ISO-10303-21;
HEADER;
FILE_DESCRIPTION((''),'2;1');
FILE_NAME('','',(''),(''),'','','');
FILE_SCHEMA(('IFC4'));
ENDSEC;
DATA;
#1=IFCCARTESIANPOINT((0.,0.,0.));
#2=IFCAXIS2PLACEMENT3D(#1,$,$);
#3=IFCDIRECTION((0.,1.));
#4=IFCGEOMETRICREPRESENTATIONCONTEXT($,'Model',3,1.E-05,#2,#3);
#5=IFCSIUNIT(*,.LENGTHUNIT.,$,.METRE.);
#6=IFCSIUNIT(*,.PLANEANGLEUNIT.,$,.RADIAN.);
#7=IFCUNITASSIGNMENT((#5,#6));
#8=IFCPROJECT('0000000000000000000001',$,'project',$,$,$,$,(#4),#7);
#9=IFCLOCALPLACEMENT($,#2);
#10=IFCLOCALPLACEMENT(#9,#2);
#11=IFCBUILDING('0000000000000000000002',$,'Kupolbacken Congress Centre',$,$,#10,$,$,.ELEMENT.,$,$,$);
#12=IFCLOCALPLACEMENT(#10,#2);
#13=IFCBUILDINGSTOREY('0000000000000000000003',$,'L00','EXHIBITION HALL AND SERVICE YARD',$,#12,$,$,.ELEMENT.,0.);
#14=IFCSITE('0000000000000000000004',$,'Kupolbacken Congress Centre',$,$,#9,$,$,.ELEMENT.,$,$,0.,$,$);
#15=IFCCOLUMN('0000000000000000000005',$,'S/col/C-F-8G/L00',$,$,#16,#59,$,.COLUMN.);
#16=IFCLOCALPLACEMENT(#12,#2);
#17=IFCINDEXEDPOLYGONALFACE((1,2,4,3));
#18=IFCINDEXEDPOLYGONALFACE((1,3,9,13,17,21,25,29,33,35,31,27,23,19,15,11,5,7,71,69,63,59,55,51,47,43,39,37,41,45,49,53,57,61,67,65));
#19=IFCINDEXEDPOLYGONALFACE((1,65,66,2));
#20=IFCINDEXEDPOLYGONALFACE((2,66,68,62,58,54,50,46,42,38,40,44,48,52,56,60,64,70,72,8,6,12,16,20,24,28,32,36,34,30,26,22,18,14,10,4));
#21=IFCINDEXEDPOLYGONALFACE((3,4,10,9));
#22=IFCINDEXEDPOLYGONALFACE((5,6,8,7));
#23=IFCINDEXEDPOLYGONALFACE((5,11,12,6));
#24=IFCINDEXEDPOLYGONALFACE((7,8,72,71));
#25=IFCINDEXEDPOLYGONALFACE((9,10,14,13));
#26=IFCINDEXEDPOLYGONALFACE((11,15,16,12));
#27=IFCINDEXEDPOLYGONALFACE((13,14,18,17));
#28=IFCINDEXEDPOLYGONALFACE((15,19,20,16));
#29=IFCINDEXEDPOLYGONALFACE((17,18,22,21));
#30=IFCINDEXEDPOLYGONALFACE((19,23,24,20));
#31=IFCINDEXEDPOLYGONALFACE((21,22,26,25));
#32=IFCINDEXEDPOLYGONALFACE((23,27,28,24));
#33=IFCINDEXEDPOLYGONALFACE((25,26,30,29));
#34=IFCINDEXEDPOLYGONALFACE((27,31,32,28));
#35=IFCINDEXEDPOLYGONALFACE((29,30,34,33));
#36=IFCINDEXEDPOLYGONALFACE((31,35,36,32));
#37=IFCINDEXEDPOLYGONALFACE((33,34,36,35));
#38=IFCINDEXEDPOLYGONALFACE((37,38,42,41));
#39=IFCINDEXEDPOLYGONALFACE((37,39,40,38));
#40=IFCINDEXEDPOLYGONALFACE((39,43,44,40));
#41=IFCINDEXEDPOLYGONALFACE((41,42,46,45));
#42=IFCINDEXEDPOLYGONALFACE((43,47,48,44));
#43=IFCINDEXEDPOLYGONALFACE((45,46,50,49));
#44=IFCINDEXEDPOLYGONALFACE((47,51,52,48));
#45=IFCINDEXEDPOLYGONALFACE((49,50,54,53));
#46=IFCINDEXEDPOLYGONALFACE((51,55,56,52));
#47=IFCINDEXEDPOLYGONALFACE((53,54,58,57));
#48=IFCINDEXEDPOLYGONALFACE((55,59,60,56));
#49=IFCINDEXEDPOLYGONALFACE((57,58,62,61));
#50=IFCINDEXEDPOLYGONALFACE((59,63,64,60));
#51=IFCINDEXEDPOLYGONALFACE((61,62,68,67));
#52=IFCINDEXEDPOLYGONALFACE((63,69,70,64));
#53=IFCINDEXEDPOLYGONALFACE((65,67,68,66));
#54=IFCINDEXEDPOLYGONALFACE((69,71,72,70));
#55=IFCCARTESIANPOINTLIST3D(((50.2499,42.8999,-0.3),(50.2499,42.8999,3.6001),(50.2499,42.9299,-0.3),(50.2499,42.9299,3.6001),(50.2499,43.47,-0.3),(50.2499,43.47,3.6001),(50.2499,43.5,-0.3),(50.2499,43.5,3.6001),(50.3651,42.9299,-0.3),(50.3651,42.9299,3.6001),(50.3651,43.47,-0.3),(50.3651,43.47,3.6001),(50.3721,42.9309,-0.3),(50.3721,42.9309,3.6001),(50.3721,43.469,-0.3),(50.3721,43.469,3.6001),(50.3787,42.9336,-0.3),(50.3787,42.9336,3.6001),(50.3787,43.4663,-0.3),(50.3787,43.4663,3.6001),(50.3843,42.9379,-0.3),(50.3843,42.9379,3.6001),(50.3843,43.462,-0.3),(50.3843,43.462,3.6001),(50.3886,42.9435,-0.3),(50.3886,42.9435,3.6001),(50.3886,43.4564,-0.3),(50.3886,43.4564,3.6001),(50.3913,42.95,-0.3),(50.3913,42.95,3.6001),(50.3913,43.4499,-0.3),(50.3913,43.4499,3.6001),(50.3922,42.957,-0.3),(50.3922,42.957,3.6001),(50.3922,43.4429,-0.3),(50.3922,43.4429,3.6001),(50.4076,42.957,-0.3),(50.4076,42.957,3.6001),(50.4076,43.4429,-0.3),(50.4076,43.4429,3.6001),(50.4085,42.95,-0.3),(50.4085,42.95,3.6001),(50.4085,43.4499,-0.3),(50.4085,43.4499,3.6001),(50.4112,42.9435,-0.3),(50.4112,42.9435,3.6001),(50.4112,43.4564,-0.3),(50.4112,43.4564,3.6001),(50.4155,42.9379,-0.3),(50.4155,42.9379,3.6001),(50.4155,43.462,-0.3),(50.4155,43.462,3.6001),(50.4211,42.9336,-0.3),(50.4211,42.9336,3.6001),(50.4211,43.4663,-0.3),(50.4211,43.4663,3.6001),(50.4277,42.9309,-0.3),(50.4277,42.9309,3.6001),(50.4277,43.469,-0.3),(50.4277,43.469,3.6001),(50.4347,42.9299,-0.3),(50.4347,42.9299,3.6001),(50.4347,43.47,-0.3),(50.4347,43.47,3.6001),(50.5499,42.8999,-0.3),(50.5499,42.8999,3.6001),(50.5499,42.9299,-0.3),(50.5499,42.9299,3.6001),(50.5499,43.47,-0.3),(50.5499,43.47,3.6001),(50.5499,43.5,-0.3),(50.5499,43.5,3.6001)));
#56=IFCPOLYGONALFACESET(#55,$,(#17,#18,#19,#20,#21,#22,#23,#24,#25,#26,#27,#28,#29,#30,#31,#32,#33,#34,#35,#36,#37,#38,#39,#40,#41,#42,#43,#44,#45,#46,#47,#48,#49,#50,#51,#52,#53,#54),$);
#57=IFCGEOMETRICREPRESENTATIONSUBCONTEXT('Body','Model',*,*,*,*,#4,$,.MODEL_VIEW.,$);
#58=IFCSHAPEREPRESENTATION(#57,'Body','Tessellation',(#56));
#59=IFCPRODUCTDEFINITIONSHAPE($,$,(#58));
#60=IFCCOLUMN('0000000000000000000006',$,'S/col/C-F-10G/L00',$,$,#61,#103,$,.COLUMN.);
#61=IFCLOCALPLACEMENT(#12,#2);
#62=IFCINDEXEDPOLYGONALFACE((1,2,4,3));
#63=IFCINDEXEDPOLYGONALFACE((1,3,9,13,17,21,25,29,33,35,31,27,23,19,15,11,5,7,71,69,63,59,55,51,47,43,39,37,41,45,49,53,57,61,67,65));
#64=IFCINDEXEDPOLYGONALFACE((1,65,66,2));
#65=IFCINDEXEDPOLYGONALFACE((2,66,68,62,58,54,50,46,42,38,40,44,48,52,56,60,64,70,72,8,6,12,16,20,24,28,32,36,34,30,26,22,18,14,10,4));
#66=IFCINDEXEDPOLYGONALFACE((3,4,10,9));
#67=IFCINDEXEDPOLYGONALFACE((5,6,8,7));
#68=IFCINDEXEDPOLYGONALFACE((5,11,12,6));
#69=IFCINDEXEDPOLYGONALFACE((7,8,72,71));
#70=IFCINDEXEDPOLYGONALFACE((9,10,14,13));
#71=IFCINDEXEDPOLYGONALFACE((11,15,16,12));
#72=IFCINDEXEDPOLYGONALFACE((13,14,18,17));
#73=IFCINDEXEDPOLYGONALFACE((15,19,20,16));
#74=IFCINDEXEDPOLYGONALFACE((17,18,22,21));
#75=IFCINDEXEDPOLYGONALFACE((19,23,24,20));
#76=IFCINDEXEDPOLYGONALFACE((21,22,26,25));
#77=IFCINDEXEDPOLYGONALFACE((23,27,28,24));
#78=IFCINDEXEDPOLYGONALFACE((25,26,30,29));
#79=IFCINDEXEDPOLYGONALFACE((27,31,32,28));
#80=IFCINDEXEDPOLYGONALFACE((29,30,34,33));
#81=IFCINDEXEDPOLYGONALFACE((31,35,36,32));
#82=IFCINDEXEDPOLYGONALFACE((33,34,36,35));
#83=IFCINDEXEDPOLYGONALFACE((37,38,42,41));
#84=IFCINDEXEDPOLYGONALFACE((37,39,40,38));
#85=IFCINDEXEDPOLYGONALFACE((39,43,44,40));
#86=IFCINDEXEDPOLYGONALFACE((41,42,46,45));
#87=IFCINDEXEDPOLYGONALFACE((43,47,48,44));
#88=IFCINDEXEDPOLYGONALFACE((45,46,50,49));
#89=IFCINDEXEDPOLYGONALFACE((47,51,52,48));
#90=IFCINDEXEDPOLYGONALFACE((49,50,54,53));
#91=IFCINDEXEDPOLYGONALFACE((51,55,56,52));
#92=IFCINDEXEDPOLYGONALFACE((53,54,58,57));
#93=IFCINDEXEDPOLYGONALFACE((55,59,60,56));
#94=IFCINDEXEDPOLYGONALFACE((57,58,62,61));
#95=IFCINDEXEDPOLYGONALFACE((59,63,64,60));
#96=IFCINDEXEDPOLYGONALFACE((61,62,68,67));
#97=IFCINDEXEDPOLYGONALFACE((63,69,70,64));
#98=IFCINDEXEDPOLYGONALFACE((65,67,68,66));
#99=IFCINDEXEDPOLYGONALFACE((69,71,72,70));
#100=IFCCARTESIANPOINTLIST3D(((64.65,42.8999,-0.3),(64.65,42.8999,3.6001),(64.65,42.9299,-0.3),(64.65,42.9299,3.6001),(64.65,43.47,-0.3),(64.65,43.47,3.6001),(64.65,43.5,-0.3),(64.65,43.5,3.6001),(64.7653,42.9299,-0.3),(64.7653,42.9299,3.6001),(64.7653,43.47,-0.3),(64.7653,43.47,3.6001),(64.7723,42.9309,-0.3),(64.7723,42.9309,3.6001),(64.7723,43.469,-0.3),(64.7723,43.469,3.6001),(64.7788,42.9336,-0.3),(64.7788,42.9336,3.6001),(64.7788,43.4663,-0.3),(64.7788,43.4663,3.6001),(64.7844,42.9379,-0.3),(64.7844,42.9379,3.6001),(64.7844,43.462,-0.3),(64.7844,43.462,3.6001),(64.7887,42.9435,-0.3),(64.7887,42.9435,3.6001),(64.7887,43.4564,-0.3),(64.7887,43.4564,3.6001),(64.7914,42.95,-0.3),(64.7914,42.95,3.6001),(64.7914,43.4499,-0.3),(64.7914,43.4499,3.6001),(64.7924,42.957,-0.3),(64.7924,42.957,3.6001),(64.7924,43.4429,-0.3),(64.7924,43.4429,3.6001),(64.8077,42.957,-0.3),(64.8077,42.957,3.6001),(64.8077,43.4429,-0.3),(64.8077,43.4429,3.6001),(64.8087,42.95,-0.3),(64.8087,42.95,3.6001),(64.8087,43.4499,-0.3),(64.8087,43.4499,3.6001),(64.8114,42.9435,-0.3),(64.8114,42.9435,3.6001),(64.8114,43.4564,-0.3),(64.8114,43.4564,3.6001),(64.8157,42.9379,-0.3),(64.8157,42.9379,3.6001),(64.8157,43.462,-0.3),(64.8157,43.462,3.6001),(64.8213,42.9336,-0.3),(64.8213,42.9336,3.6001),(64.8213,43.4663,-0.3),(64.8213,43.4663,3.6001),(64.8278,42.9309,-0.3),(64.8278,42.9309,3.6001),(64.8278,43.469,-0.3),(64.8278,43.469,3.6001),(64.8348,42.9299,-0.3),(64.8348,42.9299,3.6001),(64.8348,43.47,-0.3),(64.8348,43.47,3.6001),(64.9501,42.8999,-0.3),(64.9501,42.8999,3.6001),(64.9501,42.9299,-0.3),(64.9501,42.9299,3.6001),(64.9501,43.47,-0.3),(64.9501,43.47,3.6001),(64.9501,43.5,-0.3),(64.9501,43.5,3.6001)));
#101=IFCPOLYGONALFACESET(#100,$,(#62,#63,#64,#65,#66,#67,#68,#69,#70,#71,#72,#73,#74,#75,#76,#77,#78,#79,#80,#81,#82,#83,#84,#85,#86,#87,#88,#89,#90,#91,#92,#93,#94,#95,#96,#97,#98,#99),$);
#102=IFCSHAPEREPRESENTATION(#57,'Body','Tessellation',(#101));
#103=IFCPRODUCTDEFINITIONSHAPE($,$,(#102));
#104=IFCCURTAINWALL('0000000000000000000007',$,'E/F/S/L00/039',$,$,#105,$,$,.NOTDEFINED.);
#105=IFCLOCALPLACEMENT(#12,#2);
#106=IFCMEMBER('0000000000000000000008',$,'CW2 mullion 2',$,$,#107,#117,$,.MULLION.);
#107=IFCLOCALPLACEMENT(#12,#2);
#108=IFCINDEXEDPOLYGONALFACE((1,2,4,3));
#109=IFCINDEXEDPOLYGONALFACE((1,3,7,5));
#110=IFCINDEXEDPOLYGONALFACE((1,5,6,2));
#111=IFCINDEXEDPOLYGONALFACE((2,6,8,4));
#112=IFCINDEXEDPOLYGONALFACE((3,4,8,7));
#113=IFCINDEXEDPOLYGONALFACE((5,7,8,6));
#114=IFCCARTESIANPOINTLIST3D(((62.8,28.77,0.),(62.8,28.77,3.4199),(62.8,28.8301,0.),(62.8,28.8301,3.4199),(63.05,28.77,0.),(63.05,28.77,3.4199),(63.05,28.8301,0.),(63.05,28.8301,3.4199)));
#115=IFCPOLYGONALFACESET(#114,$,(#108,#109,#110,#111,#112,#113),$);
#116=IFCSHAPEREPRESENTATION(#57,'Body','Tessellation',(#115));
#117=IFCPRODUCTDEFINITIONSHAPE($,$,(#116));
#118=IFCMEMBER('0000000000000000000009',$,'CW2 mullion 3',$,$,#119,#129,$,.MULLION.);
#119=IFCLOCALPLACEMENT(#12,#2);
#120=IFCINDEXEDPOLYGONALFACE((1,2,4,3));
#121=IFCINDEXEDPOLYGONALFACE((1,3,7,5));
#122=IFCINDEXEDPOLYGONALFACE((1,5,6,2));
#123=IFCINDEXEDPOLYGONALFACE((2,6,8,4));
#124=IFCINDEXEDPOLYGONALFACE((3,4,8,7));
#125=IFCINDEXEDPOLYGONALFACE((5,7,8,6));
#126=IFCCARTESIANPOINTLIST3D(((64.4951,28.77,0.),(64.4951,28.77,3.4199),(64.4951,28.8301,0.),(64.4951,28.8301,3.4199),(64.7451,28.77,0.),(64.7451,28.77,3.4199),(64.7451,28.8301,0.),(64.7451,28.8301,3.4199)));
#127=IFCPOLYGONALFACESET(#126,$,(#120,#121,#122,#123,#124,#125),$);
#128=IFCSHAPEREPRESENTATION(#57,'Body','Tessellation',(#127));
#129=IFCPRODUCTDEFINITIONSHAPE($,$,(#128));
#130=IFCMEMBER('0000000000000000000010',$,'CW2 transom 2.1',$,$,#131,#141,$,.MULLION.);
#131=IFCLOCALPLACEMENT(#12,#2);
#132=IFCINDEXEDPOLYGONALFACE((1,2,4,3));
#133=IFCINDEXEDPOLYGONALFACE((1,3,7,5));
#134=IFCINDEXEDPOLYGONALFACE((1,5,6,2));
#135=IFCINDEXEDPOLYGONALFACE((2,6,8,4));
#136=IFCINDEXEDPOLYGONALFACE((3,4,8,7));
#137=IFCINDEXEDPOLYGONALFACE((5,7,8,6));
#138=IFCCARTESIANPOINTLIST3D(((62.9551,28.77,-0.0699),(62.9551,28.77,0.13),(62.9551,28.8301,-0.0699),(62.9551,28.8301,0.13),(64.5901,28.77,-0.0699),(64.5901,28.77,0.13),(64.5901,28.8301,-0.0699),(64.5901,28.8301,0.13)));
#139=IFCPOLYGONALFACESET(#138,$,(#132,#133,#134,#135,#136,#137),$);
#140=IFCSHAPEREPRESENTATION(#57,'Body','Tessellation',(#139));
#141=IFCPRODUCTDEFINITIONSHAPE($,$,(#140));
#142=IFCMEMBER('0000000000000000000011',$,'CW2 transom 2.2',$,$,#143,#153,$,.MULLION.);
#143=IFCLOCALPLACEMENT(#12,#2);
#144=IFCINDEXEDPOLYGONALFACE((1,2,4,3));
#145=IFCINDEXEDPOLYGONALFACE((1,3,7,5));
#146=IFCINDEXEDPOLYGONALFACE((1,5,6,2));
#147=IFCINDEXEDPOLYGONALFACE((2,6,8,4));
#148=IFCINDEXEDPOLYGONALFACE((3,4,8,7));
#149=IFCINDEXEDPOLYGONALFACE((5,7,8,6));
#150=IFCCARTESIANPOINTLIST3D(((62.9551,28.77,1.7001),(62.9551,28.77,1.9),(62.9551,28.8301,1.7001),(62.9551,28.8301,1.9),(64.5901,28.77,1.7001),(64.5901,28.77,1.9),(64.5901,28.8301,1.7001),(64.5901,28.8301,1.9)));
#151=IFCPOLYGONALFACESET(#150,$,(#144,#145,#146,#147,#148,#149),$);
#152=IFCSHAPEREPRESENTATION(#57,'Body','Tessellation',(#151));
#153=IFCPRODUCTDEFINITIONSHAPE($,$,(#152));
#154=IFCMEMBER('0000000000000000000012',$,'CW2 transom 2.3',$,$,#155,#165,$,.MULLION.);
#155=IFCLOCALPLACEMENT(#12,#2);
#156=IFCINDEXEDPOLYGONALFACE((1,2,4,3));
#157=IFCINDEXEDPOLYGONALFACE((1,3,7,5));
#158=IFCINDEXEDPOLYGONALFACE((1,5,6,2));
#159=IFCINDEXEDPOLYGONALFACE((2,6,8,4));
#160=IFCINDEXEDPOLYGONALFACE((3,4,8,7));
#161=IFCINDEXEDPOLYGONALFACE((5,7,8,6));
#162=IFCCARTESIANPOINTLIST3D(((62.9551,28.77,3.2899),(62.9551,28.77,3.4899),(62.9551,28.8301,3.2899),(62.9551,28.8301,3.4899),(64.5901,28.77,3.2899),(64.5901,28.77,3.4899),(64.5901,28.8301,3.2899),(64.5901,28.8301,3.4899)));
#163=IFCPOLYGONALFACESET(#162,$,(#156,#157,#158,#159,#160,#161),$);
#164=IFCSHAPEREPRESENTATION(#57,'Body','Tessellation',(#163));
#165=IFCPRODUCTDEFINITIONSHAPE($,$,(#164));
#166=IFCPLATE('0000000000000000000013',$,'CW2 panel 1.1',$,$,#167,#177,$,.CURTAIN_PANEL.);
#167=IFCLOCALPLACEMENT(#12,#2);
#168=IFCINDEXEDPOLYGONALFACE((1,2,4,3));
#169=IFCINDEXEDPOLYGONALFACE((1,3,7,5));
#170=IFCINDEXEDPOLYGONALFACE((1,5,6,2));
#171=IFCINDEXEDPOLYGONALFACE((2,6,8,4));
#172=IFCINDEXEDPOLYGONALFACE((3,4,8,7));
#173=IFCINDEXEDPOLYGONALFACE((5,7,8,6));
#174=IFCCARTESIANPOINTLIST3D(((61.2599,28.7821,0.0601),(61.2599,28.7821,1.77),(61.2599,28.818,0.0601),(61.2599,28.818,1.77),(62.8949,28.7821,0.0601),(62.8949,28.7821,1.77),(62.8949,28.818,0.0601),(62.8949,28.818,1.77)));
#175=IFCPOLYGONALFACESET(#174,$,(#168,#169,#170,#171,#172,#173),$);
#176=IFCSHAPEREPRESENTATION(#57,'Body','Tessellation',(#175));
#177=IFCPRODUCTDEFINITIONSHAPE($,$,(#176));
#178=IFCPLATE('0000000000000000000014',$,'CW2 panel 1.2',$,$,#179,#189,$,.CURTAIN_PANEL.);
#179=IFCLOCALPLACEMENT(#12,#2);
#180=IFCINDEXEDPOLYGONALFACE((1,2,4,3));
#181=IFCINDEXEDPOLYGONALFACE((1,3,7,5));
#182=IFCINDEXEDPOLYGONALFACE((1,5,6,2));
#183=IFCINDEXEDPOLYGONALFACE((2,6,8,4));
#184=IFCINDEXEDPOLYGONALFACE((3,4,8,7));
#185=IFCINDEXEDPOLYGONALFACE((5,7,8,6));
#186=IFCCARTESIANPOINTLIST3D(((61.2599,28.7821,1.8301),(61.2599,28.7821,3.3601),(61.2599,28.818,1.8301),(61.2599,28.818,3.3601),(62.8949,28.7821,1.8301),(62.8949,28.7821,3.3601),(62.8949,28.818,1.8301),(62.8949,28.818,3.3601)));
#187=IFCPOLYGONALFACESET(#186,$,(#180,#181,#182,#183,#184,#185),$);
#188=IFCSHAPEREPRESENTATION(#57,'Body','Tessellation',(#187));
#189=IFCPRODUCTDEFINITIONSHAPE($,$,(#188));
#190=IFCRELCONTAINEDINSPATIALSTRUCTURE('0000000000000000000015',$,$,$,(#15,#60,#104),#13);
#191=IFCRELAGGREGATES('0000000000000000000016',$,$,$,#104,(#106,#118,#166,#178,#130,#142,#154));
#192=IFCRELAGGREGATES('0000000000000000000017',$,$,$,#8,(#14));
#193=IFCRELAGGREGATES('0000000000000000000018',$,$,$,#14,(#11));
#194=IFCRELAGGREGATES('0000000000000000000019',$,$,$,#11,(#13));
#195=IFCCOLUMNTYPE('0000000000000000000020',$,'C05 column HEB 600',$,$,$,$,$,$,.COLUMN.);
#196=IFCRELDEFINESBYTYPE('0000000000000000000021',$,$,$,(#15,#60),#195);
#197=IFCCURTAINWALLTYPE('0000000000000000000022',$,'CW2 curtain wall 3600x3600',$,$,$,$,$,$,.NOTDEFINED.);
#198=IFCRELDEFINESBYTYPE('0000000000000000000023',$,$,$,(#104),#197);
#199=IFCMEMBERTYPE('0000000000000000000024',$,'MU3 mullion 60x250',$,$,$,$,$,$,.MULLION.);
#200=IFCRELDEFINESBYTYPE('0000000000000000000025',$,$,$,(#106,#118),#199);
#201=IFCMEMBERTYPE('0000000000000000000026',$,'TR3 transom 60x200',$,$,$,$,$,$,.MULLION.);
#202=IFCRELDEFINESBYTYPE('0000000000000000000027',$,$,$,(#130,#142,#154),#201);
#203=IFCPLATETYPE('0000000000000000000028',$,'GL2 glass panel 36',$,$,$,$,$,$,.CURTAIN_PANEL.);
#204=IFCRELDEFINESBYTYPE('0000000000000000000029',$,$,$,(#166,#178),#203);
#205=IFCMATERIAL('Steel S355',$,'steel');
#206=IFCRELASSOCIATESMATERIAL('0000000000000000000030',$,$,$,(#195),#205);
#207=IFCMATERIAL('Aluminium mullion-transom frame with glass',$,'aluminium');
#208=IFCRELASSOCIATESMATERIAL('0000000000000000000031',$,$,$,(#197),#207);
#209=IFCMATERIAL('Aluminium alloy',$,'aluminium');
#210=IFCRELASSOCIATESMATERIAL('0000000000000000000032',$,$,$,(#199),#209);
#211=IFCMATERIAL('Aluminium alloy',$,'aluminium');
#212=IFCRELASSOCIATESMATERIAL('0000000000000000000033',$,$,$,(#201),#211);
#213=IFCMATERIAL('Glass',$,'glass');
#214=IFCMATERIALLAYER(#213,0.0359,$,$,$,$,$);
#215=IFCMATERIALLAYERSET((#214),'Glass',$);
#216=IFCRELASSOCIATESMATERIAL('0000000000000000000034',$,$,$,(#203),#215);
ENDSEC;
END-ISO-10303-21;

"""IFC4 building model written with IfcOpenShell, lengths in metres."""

from ifc_helpers import new_model, si_unit, direction, frame, origin, origin_2d, place, context, subcontext, project, spatial, rectangle, i_section, extrude, material, layer, layer_set, material_profile, profile_set, type_object, element, aggregate, save


model = new_model("IFC4")

# Units and contexts
model_context = context("Model", 3, precision=1e-05, world=origin(), true_north=direction((0.0, 1.0)))
body_context = subcontext(model_context, "Body", "Model", "MODEL_VIEW")
ifc_project = project(units=[si_unit("LENGTHUNIT", "METRE"), si_unit("PLANEANGLEUNIT", "RADIAN")], contexts=[model_context])

# Site, building, storey
site_placement = place(None, origin())
site = spatial("IfcSite", under=ifc_project, at=site_placement, Name="Kupolbacken Congress Centre", CompositionType="ELEMENT", RefElevation=0.0)
building_placement = place(site_placement, origin())
building = spatial("IfcBuilding", under=site, at=building_placement, Name="Kupolbacken Congress Centre", CompositionType="ELEMENT")
storey_placement = place(building_placement, origin())
storey = spatial("IfcBuildingStorey", under=building, at=storey_placement, Name="L00", Description="EXHIBITION HALL AND SERVICE YARD", CompositionType="ELEMENT", Elevation=0.0)

# Columns
ifc_material_1 = material(Name="Steel S355", Category="steel")
ifc_material_profile_1 = material_profile(ifc_material_1, i_section(OverallWidth=0.3, OverallDepth=0.6001, WebThickness=0.0154, FlangeThickness=0.03, FilletRadius=0.0271, at=origin_2d()), Name="HEB 600")
ifc_profile_set_1 = profile_set([ifc_material_profile_1], Name="Steel S355")
column_type_1 = type_object("IfcColumnType", Name="C05 column HEB 600", PredefinedType="COLUMN", material=ifc_profile_set_1)
for number, where, z_axis, x_axis, name in (
    (1, (50.3999, 43.2, -0.3), (0.0, 0.0, 1.0), (1.0, 0.0, 0.0), "S/col/C-F-8G/L00"),
    (2, (64.8, 43.2, -0.3), (0.0, 0.0, 1.0), (1.0, 0.0, 0.0), "S/col/C-F-10G/L00"),
):
    element("IfcColumn", number, at=place(storey_placement, frame(where, z_axis=z_axis, x_axis=x_axis)), inside=storey, type_object=column_type_1, Name=name, PredefinedType="COLUMN", context=body_context, shape_type="SweptSolid", body=[
        extrude(i_section(OverallWidth=0.3, OverallDepth=0.6001, WebThickness=0.0154, FlangeThickness=0.03, FilletRadius=0.0271, at=origin_2d()), origin(), (0.0, 0.0, 1.0), 3.9001),
    ])

# Curtain wall, members, plates
ifc_material_2 = material(Name="Aluminium mullion-transom frame with glass", Category="aluminium")
curtain_wall_type = type_object("IfcCurtainWallType", Name="CW2 curtain wall 3600x3600", PredefinedType="NOTDEFINED", material=ifc_material_2)
curtain_wall_placement = place(storey_placement, origin())
curtain_wall = element("IfcCurtainWall", 3, at=curtain_wall_placement, inside=storey, type_object=curtain_wall_type, Name="E/F/S/L00/039", PredefinedType="NOTDEFINED")
ifc_material_3 = material(Name="Aluminium alloy", Category="aluminium")
ifc_material_profile_2 = material_profile(ifc_material_3, rectangle(XDim=0.0601, YDim=0.25, at=origin_2d()), Name="60 x 250")
ifc_profile_set_2 = profile_set([ifc_material_profile_2], Name="Aluminium alloy")
member_type_1 = type_object("IfcMemberType", Name="MU3 mullion 60x250", PredefinedType="MULLION", material=ifc_profile_set_2)
member_1_placement = place(storey_placement, frame((62.925, 28.8, 0.0), z_axis=(0.0, 0.0, 1.0), x_axis=(0.0, 1.0, 0.0)))
member_1 = element("IfcMember", 4, at=member_1_placement, type_object=member_type_1, Name="CW2 mullion 2", PredefinedType="MULLION", context=body_context, shape_type="SweptSolid", body=[
    extrude(rectangle(XDim=0.0601, YDim=0.25, at=origin_2d()), origin(), (0.0, 0.0, 1.0), 3.4199),
])
member_2_placement = place(storey_placement, frame((64.6201, 28.8, 0.0), z_axis=(0.0, 0.0, 1.0), x_axis=(0.0, 1.0, 0.0)))
member_2 = element("IfcMember", 5, at=member_2_placement, type_object=member_type_1, Name="CW2 mullion 3", PredefinedType="MULLION", context=body_context, shape_type="SweptSolid", body=[
    extrude(rectangle(XDim=0.0601, YDim=0.25, at=origin_2d()), origin(), (0.0, 0.0, 1.0), 3.4199),
])
ifc_material_4 = material(Name="Aluminium alloy", Category="aluminium")
ifc_material_profile_3 = material_profile(ifc_material_4, rectangle(XDim=0.0601, YDim=0.2, at=origin_2d()), Name="60 x 200")
ifc_profile_set_3 = profile_set([ifc_material_profile_3], Name="Aluminium alloy")
member_type_2 = type_object("IfcMemberType", Name="TR3 transom 60x200", PredefinedType="MULLION", material=ifc_profile_set_3)
member_3_placement = place(storey_placement, frame((62.9551, 28.8, 0.03), z_axis=(1.0, 0.0, 0.0), x_axis=(0.0, 1.0, 0.0)))
member_3 = element("IfcMember", 6, at=member_3_placement, type_object=member_type_2, Name="CW2 transom 2.1", PredefinedType="MULLION", context=body_context, shape_type="SweptSolid", body=[
    extrude(rectangle(XDim=0.0601, YDim=0.2, at=origin_2d()), origin(), (0.0, 0.0, 1.0), 1.635),
])
member_4_placement = place(storey_placement, frame((62.9551, 28.8, 1.8), z_axis=(1.0, 0.0, 0.0), x_axis=(0.0, 1.0, 0.0)))
member_4 = element("IfcMember", 7, at=member_4_placement, type_object=member_type_2, Name="CW2 transom 2.2", PredefinedType="MULLION", context=body_context, shape_type="SweptSolid", body=[
    extrude(rectangle(XDim=0.0601, YDim=0.2, at=origin_2d()), origin(), (0.0, 0.0, 1.0), 1.635),
])
member_5_placement = place(storey_placement, frame((62.9551, 28.8, 3.3899), z_axis=(1.0, 0.0, 0.0), x_axis=(0.0, 1.0, 0.0)))
member_5 = element("IfcMember", 8, at=member_5_placement, type_object=member_type_2, Name="CW2 transom 2.3", PredefinedType="MULLION", context=body_context, shape_type="SweptSolid", body=[
    extrude(rectangle(XDim=0.0601, YDim=0.2, at=origin_2d()), origin(), (0.0, 0.0, 1.0), 1.635),
])
ifc_material_5 = material(Name="Glass", Category="glass")
ifc_layer_1 = layer(ifc_material_5, 0.0359)
ifc_layer_set_1 = layer_set([ifc_layer_1], Name="Glass")
plate_type = type_object("IfcPlateType", Name="GL2 glass panel 36", PredefinedType="CURTAIN_PANEL", material=ifc_layer_set_1)
plate_1_placement = place(storey_placement, frame((62.0774, 28.8, 0.0601), z_axis=(0.0, 0.0, 1.0), x_axis=(1.0, 0.0, 0.0)))
plate_1 = element("IfcPlate", 9, at=plate_1_placement, type_object=plate_type, Name="CW2 panel 1.1", PredefinedType="CURTAIN_PANEL", context=body_context, shape_type="SweptSolid", body=[
    extrude(rectangle(XDim=1.635, YDim=0.0359, at=origin_2d()), origin(), (0.0, 0.0, 1.0), 1.71),
])
plate_2_placement = place(storey_placement, frame((62.0774, 28.8, 1.8301), z_axis=(0.0, 0.0, 1.0), x_axis=(1.0, 0.0, 0.0)))
plate_2 = element("IfcPlate", 10, at=plate_2_placement, type_object=plate_type, Name="CW2 panel 1.2", PredefinedType="CURTAIN_PANEL", context=body_context, shape_type="SweptSolid", body=[
    extrude(rectangle(XDim=1.635, YDim=0.0359, at=origin_2d()), origin(), (0.0, 0.0, 1.0), 1.53),
])
aggregate(curtain_wall, [member_1, member_2, plate_1, plate_2, member_3, member_4, member_5])

save(model, "model.ifc")
